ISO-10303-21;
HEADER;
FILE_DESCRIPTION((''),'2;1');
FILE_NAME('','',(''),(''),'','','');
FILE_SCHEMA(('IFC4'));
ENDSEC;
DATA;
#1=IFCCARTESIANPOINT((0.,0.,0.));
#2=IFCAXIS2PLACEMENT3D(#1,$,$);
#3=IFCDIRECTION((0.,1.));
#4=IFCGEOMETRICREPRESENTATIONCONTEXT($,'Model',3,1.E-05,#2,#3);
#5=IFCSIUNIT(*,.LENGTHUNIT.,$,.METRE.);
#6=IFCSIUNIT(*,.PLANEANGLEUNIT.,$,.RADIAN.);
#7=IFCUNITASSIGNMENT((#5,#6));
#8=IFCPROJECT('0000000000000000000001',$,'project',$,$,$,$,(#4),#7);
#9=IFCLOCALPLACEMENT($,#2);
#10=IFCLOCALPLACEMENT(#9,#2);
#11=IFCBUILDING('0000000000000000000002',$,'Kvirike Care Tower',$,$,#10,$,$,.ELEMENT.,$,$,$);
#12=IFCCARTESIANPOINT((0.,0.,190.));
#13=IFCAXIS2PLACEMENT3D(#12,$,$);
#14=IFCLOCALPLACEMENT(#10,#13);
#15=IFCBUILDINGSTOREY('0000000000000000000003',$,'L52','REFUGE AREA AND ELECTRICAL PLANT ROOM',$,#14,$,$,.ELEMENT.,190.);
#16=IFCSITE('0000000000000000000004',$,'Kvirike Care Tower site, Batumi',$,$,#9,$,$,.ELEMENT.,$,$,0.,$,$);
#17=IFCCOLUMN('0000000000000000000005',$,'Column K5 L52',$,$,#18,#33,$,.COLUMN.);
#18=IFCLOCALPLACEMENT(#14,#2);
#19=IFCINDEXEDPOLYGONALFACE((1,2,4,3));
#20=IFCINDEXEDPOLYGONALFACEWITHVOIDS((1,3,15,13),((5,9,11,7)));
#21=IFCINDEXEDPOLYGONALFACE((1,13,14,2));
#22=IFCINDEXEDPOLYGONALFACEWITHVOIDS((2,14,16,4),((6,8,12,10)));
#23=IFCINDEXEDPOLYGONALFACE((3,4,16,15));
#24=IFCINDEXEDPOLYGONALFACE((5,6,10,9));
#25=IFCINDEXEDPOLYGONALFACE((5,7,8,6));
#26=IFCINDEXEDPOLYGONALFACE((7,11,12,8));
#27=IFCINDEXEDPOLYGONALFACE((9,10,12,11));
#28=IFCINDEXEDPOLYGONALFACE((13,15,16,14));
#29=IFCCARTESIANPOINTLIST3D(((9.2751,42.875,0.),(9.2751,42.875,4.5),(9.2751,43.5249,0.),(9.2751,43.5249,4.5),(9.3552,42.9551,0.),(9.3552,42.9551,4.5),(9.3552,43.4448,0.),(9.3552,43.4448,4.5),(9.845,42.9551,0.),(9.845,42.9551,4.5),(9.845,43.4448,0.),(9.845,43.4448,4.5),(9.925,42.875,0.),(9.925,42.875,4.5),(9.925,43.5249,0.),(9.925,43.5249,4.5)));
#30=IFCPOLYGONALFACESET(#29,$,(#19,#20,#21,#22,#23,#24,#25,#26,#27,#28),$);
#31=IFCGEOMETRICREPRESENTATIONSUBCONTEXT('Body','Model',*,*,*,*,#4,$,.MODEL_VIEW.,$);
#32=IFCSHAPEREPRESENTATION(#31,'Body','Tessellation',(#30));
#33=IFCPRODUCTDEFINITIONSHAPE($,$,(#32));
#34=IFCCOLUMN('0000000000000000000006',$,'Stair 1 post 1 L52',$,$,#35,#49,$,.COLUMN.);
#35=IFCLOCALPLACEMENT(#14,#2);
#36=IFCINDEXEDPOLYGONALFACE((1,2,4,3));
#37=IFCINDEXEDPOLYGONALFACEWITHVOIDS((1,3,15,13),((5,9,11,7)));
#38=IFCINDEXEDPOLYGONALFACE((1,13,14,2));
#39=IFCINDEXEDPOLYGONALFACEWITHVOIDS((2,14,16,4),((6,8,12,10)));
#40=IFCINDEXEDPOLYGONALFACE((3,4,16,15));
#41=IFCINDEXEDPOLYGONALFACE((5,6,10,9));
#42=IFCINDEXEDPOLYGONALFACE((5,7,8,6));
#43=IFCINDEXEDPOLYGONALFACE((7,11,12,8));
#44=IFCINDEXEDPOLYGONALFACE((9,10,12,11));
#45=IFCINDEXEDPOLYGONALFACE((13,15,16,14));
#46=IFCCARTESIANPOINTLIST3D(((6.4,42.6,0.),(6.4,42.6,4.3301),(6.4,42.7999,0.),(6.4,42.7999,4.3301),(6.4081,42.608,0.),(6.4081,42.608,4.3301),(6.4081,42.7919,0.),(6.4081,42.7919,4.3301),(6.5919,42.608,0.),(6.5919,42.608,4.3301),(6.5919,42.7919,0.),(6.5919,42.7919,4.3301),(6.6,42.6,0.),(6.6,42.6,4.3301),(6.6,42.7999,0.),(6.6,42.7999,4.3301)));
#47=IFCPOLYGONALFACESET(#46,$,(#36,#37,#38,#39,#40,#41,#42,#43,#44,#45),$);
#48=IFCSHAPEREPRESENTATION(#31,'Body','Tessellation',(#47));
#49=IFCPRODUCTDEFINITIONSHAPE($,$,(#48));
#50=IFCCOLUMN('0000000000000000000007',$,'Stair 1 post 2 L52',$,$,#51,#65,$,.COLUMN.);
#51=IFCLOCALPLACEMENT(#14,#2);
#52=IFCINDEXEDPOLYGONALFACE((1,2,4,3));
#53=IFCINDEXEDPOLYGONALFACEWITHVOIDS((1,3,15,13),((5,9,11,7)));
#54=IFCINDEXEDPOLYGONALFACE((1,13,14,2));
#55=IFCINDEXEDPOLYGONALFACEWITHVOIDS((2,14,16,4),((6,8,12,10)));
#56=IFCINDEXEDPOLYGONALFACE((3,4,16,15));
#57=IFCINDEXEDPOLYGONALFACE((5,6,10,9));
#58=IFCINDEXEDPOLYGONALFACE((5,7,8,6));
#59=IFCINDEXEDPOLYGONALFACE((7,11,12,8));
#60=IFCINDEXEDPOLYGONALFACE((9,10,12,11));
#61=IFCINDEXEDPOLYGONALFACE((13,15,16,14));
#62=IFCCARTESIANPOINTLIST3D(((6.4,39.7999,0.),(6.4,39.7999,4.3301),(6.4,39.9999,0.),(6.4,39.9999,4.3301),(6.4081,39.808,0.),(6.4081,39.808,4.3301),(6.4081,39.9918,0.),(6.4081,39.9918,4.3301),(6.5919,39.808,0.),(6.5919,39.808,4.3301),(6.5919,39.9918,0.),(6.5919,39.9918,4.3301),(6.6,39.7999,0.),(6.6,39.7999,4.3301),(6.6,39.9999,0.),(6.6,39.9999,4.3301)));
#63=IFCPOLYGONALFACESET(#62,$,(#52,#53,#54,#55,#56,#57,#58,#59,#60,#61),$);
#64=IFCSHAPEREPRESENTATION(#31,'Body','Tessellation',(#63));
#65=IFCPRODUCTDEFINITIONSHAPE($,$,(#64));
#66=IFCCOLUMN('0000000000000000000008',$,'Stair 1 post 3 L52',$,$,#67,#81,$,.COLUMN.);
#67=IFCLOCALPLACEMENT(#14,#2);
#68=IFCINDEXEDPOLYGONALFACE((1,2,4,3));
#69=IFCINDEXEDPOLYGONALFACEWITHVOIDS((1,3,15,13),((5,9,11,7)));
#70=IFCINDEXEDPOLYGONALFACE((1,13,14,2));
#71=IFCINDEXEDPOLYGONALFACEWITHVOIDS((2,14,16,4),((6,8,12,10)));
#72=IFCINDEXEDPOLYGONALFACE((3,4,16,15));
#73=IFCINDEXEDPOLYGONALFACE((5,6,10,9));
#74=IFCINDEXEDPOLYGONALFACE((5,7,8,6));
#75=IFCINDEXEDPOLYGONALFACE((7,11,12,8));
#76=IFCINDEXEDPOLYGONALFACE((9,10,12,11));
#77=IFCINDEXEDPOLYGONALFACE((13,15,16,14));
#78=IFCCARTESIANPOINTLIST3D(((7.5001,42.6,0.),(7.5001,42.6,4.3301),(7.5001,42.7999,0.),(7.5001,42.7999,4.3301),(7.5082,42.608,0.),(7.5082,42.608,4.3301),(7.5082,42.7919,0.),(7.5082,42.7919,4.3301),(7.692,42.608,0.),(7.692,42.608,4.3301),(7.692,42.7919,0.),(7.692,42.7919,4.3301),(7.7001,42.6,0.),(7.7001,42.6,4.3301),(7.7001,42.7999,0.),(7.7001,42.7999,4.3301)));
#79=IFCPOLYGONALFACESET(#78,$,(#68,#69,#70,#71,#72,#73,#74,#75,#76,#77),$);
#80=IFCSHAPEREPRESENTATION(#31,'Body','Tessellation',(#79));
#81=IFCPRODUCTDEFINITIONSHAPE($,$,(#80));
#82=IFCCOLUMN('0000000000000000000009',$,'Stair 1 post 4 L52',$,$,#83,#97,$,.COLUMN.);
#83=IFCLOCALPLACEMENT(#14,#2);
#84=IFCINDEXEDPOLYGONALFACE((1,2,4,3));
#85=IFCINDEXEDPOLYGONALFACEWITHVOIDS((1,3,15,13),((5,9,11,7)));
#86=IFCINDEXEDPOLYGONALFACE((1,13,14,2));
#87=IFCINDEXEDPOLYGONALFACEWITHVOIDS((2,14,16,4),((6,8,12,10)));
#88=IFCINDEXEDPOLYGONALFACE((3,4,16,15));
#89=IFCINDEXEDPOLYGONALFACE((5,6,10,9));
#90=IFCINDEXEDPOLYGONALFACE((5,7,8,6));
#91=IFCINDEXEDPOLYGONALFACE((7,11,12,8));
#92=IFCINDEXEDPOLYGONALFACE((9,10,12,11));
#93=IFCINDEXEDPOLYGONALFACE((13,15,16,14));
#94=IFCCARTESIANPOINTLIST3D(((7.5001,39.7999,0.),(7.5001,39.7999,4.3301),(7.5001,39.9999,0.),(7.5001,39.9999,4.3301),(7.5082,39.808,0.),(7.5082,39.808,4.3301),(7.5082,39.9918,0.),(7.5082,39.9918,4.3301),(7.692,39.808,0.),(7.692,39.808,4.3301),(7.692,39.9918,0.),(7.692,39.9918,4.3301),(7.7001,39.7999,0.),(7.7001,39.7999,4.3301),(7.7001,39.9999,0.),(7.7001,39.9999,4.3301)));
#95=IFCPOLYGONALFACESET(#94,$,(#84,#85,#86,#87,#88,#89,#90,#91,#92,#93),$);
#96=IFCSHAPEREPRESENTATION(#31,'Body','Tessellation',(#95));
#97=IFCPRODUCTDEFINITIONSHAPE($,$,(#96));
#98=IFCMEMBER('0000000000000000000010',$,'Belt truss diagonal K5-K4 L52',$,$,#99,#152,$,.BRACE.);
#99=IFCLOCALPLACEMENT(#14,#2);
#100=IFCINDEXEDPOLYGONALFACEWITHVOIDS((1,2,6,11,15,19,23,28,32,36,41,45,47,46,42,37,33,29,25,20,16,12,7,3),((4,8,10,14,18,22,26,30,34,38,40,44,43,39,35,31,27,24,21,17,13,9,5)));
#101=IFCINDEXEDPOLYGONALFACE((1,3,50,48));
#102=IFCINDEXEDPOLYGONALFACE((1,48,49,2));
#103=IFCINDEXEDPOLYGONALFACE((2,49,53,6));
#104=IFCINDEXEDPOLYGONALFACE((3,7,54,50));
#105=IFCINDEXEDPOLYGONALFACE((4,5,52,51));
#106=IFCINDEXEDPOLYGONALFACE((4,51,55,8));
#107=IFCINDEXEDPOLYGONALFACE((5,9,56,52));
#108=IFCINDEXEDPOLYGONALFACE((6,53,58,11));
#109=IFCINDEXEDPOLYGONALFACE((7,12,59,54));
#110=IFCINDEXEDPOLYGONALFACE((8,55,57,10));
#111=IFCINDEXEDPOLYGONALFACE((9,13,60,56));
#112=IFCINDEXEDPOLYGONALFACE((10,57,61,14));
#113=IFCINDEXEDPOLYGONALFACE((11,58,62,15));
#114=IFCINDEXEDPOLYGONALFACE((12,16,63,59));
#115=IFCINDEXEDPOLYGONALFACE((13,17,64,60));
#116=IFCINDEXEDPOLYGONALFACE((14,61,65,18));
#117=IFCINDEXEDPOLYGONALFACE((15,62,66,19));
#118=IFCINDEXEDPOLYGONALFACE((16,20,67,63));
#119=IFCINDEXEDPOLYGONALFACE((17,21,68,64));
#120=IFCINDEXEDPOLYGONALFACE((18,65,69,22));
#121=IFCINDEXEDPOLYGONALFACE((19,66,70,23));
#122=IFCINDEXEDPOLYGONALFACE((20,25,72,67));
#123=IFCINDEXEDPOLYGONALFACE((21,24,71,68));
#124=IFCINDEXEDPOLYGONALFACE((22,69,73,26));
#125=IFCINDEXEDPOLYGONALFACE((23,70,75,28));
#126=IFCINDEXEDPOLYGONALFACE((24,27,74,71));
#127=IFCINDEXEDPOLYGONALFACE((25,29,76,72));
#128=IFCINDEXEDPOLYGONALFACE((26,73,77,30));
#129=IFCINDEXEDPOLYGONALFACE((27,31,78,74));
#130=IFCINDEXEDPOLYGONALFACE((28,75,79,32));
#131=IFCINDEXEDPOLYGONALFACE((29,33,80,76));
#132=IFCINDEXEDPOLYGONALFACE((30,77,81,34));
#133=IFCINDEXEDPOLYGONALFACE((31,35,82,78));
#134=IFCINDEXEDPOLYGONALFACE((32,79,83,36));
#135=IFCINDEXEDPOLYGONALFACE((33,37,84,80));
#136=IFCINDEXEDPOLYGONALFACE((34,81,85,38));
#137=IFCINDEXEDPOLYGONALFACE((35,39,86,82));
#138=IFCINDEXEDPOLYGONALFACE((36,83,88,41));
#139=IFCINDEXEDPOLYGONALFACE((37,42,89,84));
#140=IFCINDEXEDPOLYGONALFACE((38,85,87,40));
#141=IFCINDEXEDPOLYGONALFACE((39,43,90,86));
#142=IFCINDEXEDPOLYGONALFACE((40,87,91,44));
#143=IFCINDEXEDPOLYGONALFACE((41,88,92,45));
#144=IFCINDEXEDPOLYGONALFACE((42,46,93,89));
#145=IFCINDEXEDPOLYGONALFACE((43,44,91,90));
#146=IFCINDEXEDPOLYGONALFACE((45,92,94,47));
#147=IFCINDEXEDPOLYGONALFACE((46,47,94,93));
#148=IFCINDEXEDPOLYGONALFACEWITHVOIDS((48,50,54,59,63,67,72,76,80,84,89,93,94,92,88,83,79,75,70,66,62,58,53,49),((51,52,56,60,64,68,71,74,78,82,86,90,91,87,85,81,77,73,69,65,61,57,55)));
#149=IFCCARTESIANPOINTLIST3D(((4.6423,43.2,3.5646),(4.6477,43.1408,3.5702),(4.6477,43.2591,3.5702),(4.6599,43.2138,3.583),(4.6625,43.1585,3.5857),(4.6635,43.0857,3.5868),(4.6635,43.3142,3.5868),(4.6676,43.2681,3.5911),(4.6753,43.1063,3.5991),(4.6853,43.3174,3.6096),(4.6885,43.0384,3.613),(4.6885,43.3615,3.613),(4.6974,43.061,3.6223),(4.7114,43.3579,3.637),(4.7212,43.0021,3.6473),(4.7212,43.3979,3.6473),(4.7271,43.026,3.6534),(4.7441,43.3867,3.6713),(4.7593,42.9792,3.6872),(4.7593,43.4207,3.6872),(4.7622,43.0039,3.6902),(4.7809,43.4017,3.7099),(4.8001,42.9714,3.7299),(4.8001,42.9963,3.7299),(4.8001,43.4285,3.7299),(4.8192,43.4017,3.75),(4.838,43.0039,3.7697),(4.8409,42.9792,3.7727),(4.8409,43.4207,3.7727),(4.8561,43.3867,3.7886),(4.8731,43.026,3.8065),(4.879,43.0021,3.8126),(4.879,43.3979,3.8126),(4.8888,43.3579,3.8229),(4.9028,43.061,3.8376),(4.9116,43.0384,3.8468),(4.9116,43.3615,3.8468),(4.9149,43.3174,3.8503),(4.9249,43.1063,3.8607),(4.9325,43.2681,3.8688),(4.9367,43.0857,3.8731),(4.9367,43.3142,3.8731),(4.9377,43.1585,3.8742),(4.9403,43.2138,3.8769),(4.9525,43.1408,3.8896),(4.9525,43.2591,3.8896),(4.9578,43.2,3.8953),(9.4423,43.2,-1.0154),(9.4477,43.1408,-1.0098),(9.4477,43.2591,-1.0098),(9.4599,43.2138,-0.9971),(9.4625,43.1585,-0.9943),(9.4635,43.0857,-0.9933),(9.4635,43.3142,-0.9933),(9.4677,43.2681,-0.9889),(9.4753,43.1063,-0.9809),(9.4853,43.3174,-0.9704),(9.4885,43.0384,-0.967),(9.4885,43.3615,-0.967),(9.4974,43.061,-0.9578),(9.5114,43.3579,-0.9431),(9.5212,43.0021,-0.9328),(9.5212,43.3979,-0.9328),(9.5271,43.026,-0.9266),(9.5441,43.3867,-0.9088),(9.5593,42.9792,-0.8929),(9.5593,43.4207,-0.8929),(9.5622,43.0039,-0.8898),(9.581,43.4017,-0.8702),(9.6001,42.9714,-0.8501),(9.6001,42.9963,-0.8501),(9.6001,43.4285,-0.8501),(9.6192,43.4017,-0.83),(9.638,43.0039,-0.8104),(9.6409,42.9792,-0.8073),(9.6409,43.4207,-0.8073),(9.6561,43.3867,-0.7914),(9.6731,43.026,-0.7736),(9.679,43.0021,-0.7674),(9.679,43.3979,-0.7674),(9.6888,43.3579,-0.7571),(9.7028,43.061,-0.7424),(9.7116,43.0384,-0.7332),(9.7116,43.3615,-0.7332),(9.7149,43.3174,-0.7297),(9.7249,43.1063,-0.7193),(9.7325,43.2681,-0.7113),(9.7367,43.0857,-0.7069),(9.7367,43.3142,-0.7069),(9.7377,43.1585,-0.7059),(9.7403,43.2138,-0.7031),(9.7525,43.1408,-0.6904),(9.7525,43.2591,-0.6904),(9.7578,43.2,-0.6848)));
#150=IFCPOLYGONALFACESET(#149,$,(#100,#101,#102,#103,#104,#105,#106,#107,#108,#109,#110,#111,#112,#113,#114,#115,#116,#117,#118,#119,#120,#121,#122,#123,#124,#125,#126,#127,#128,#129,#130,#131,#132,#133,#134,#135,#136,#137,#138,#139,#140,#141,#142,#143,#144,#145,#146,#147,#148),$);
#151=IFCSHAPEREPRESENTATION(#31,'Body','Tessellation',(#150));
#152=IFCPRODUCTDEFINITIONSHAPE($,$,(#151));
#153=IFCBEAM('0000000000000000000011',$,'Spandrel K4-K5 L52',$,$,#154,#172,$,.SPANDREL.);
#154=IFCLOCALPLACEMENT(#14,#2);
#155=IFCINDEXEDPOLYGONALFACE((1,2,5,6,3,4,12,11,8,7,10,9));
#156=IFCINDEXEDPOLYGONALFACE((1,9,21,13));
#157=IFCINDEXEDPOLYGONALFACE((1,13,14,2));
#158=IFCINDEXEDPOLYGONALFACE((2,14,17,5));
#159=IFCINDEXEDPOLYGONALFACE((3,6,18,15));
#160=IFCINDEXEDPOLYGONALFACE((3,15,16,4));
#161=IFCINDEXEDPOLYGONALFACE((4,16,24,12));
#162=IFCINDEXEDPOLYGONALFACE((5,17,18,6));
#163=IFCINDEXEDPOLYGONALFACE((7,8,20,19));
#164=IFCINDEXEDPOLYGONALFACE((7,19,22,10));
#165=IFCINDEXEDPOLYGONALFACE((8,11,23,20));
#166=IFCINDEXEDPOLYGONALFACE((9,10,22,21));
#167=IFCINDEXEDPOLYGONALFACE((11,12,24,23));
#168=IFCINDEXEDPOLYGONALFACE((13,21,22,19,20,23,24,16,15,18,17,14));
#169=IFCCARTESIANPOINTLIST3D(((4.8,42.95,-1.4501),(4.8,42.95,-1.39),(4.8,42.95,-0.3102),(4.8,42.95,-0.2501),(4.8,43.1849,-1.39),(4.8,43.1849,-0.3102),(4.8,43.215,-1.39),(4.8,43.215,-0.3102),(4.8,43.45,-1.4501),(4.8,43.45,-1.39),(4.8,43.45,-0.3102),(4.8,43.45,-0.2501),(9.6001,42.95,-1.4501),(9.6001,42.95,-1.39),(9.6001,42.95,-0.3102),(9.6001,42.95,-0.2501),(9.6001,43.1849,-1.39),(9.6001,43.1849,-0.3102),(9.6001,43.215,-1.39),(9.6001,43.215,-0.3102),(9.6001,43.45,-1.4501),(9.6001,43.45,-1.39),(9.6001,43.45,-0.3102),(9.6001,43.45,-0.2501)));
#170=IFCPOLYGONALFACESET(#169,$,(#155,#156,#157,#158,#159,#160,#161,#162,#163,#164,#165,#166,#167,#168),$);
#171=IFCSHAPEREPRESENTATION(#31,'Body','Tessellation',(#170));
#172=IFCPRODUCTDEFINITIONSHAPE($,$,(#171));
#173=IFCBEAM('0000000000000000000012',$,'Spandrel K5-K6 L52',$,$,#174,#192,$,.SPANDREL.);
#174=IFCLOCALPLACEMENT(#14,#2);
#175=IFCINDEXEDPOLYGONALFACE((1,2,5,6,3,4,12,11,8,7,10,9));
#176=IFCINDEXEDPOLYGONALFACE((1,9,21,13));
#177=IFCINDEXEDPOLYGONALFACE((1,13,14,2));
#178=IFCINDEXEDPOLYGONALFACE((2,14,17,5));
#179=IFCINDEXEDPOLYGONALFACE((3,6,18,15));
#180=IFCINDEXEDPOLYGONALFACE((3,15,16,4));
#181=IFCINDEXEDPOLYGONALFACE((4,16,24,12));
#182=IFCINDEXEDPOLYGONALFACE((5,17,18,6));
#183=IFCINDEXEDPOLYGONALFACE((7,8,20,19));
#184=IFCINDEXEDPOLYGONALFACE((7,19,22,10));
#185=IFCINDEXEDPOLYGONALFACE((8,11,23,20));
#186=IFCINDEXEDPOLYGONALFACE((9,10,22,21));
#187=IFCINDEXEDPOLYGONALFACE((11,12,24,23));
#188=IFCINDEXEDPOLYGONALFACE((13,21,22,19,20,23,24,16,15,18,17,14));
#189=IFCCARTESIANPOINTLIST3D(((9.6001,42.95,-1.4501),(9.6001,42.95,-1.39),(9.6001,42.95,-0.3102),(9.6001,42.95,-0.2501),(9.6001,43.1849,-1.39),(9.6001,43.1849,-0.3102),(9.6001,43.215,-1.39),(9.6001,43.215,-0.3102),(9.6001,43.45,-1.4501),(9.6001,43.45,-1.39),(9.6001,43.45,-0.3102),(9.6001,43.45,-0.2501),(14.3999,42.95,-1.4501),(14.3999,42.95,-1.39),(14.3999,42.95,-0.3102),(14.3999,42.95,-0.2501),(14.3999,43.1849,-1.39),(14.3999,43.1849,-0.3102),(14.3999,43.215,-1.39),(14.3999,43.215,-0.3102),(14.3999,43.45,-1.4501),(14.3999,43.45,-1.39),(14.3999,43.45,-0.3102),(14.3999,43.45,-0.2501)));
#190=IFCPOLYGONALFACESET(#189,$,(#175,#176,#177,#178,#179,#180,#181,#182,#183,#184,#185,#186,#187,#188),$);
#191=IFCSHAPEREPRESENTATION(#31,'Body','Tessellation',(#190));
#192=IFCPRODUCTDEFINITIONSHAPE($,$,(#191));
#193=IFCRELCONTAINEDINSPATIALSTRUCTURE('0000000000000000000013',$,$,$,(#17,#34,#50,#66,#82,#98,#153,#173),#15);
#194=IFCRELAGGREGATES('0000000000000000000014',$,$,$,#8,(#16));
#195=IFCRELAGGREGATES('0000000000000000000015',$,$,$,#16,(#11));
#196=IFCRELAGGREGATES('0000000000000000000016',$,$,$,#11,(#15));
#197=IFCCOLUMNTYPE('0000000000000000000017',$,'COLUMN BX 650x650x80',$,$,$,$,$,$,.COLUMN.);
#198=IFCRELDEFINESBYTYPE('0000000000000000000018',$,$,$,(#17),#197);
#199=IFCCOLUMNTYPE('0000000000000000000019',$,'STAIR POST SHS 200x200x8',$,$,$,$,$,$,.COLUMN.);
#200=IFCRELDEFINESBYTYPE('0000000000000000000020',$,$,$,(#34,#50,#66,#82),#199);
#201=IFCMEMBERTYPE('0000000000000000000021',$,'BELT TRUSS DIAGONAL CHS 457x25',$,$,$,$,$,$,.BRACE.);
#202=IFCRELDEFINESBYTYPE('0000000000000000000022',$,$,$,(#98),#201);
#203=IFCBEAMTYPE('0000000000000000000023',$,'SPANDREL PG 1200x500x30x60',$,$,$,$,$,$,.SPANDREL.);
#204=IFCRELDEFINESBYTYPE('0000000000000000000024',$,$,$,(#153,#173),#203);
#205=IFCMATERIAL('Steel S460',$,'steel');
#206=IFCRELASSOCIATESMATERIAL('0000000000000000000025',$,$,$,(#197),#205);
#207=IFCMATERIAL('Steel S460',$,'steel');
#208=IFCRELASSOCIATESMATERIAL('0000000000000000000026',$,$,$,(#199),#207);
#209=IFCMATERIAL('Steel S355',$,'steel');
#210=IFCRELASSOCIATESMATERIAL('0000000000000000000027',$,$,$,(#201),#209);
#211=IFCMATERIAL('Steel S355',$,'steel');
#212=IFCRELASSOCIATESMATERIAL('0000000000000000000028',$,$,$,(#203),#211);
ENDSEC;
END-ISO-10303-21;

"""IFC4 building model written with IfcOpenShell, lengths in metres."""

from ifc_helpers import new_model, si_unit, direction, frame, origin, origin_2d, place, context, subcontext, project, spatial, hollow_rectangle, hollow_circle, i_section, extrude, material, material_profile, profile_set, type_object, element, save


model = new_model("IFC4")

# Units and contexts
model_context = context("Model", 3, precision=1e-05, world=origin(), true_north=direction((0.0, 1.0)))
body_context = subcontext(model_context, "Body", "Model", "MODEL_VIEW")
ifc_project = project(units=[si_unit("LENGTHUNIT", "METRE"), si_unit("PLANEANGLEUNIT", "RADIAN")], contexts=[model_context])

# Site, building, storey
site_placement = place(None, origin())
site = spatial("IfcSite", under=ifc_project, at=site_placement, Name="Kvirike Care Tower site, Batumi", CompositionType="ELEMENT", RefElevation=0.0)
building_placement = place(site_placement, origin())
building = spatial("IfcBuilding", under=site, at=building_placement, Name="Kvirike Care Tower", CompositionType="ELEMENT")
storey_placement = place(building_placement, frame((0.0, 0.0, 190.0)))
storey = spatial("IfcBuildingStorey", under=building, at=storey_placement, Name="L52", Description="REFUGE AREA AND ELECTRICAL PLANT ROOM", CompositionType="ELEMENT", Elevation=190.0)

# Columns
ifc_material_1 = material(Name="Steel S460", Category="steel")
ifc_material_profile_1 = material_profile(ifc_material_1, hollow_rectangle(XDim=0.6499, YDim=0.6499, WallThickness=0.0801, at=origin_2d()), Name="BX 650x650x80")
ifc_profile_set_1 = profile_set([ifc_material_profile_1], Name="Steel S460")
column_type_1 = type_object("IfcColumnType", Name="COLUMN BX 650x650x80", PredefinedType="COLUMN", material=ifc_profile_set_1)
column_placement = place(storey_placement, frame((9.6001, 43.2, 0.0), z_axis=(0.0, 0.0, 1.0), x_axis=(0.0, 1.0, 0.0)))
element("IfcColumn", 1, at=column_placement, inside=storey, type_object=column_type_1, Name="Column K5 L52", PredefinedType="COLUMN", context=body_context, shape_type="SweptSolid", body=[
    extrude(hollow_rectangle(XDim=0.6499, YDim=0.6499, WallThickness=0.0801, at=origin_2d()), origin(), (0.0, 0.0, 1.0), 4.5),
])
ifc_material_2 = material(Name="Steel S460", Category="steel")
ifc_material_profile_2 = material_profile(ifc_material_2, hollow_rectangle(XDim=0.2, YDim=0.2, WallThickness=0.0081, at=origin_2d()), Name="SHS 200x200x8")
ifc_profile_set_2 = profile_set([ifc_material_profile_2], Name="Steel S460")
column_type_2 = type_object("IfcColumnType", Name="STAIR POST SHS 200x200x8", PredefinedType="COLUMN", material=ifc_profile_set_2)
for number, where, z_axis, x_axis, name in (
    (2, (6.5, 42.7, 0.0), (0.0, 0.0, 1.0), (1.0, 0.0, 0.0), "Stair 1 post 1 L52"),
    (3, (6.5, 39.8999, 0.0), (0.0, 0.0, 1.0), (1.0, 0.0, 0.0), "Stair 1 post 2 L52"),
    (4, (7.6001, 42.7, 0.0), (0.0, 0.0, 1.0), (1.0, 0.0, 0.0), "Stair 1 post 3 L52"),
    (5, (7.6001, 39.8999, 0.0), (0.0, 0.0, 1.0), (1.0, 0.0, 0.0), "Stair 1 post 4 L52"),
):
    element("IfcColumn", number, at=place(storey_placement, frame(where, z_axis=z_axis, x_axis=x_axis)), inside=storey, type_object=column_type_2, Name=name, PredefinedType="COLUMN", context=body_context, shape_type="SweptSolid", body=[
        extrude(hollow_rectangle(XDim=0.2, YDim=0.2, WallThickness=0.0081, at=origin_2d()), origin(), (0.0, 0.0, 1.0), 4.3301),
    ])

# Member
ifc_material_3 = material(Name="Steel S355", Category="steel")
ifc_material_profile_3 = material_profile(ifc_material_3, hollow_circle(Radius=0.2285, WallThickness=0.0249, at=origin_2d()), Name="CHS 457x25")
ifc_profile_set_3 = profile_set([ifc_material_profile_3], Name="Steel S355")
member_type = type_object("IfcMemberType", Name="BELT TRUSS DIAGONAL CHS 457x25", PredefinedType="BRACE", material=ifc_profile_set_3)
member_placement = place(storey_placement, frame((9.6001, 43.2, -0.8501), z_axis=(-0.72349, 0.0, 0.690335), x_axis=(0.0, -1.0, 0.0)))
element("IfcMember", 6, at=member_placement, inside=storey, type_object=member_type, Name="Belt truss diagonal K5-K4 L52", PredefinedType="BRACE", context=body_context, shape_type="SweptSolid", body=[
    extrude(hollow_circle(Radius=0.2285, WallThickness=0.0249, at=origin_2d()), origin(), (0.0, 0.0, 1.0), 6.6345),
])

# Beams
ifc_material_4 = material(Name="Steel S355", Category="steel")
ifc_material_profile_4 = material_profile(ifc_material_4, i_section(OverallWidth=0.5, OverallDepth=1.2, WebThickness=0.03, FlangeThickness=0.0601, at=origin_2d()), Name="PG 1200x500x30x60")
ifc_profile_set_4 = profile_set([ifc_material_profile_4], Name="Steel S355")
beam_type_1 = type_object("IfcBeamType", Name="SPANDREL PG 1200x500x30x60", PredefinedType="SPANDREL", material=ifc_profile_set_4)
beam_1_placement = place(storey_placement, frame((4.8, 43.2, -0.8501), z_axis=(1.0, 0.0, 0.0), x_axis=(0.0, 1.0, 0.0)))
element("IfcBeam", 7, at=beam_1_placement, inside=storey, type_object=beam_type_1, Name="Spandrel K4-K5 L52", PredefinedType="SPANDREL", context=body_context, shape_type="SweptSolid", body=[
    extrude(i_section(OverallWidth=0.5, OverallDepth=1.2, WebThickness=0.03, FlangeThickness=0.0601, at=origin_2d()), origin(), (0.0, 0.0, 1.0), 4.8),
])
beam_2_placement = place(storey_placement, frame((9.6001, 43.2, -0.8501), z_axis=(1.0, 0.0, 0.0), x_axis=(0.0, 1.0, 0.0)))
element("IfcBeam", 8, at=beam_2_placement, inside=storey, type_object=beam_type_1, Name="Spandrel K5-K6 L52", PredefinedType="SPANDREL", context=body_context, shape_type="SweptSolid", body=[
    extrude(i_section(OverallWidth=0.5, OverallDepth=1.2, WebThickness=0.03, FlangeThickness=0.0601, at=origin_2d()), origin(), (0.0, 0.0, 1.0), 4.7998),
])

save(model, "model.ifc")
